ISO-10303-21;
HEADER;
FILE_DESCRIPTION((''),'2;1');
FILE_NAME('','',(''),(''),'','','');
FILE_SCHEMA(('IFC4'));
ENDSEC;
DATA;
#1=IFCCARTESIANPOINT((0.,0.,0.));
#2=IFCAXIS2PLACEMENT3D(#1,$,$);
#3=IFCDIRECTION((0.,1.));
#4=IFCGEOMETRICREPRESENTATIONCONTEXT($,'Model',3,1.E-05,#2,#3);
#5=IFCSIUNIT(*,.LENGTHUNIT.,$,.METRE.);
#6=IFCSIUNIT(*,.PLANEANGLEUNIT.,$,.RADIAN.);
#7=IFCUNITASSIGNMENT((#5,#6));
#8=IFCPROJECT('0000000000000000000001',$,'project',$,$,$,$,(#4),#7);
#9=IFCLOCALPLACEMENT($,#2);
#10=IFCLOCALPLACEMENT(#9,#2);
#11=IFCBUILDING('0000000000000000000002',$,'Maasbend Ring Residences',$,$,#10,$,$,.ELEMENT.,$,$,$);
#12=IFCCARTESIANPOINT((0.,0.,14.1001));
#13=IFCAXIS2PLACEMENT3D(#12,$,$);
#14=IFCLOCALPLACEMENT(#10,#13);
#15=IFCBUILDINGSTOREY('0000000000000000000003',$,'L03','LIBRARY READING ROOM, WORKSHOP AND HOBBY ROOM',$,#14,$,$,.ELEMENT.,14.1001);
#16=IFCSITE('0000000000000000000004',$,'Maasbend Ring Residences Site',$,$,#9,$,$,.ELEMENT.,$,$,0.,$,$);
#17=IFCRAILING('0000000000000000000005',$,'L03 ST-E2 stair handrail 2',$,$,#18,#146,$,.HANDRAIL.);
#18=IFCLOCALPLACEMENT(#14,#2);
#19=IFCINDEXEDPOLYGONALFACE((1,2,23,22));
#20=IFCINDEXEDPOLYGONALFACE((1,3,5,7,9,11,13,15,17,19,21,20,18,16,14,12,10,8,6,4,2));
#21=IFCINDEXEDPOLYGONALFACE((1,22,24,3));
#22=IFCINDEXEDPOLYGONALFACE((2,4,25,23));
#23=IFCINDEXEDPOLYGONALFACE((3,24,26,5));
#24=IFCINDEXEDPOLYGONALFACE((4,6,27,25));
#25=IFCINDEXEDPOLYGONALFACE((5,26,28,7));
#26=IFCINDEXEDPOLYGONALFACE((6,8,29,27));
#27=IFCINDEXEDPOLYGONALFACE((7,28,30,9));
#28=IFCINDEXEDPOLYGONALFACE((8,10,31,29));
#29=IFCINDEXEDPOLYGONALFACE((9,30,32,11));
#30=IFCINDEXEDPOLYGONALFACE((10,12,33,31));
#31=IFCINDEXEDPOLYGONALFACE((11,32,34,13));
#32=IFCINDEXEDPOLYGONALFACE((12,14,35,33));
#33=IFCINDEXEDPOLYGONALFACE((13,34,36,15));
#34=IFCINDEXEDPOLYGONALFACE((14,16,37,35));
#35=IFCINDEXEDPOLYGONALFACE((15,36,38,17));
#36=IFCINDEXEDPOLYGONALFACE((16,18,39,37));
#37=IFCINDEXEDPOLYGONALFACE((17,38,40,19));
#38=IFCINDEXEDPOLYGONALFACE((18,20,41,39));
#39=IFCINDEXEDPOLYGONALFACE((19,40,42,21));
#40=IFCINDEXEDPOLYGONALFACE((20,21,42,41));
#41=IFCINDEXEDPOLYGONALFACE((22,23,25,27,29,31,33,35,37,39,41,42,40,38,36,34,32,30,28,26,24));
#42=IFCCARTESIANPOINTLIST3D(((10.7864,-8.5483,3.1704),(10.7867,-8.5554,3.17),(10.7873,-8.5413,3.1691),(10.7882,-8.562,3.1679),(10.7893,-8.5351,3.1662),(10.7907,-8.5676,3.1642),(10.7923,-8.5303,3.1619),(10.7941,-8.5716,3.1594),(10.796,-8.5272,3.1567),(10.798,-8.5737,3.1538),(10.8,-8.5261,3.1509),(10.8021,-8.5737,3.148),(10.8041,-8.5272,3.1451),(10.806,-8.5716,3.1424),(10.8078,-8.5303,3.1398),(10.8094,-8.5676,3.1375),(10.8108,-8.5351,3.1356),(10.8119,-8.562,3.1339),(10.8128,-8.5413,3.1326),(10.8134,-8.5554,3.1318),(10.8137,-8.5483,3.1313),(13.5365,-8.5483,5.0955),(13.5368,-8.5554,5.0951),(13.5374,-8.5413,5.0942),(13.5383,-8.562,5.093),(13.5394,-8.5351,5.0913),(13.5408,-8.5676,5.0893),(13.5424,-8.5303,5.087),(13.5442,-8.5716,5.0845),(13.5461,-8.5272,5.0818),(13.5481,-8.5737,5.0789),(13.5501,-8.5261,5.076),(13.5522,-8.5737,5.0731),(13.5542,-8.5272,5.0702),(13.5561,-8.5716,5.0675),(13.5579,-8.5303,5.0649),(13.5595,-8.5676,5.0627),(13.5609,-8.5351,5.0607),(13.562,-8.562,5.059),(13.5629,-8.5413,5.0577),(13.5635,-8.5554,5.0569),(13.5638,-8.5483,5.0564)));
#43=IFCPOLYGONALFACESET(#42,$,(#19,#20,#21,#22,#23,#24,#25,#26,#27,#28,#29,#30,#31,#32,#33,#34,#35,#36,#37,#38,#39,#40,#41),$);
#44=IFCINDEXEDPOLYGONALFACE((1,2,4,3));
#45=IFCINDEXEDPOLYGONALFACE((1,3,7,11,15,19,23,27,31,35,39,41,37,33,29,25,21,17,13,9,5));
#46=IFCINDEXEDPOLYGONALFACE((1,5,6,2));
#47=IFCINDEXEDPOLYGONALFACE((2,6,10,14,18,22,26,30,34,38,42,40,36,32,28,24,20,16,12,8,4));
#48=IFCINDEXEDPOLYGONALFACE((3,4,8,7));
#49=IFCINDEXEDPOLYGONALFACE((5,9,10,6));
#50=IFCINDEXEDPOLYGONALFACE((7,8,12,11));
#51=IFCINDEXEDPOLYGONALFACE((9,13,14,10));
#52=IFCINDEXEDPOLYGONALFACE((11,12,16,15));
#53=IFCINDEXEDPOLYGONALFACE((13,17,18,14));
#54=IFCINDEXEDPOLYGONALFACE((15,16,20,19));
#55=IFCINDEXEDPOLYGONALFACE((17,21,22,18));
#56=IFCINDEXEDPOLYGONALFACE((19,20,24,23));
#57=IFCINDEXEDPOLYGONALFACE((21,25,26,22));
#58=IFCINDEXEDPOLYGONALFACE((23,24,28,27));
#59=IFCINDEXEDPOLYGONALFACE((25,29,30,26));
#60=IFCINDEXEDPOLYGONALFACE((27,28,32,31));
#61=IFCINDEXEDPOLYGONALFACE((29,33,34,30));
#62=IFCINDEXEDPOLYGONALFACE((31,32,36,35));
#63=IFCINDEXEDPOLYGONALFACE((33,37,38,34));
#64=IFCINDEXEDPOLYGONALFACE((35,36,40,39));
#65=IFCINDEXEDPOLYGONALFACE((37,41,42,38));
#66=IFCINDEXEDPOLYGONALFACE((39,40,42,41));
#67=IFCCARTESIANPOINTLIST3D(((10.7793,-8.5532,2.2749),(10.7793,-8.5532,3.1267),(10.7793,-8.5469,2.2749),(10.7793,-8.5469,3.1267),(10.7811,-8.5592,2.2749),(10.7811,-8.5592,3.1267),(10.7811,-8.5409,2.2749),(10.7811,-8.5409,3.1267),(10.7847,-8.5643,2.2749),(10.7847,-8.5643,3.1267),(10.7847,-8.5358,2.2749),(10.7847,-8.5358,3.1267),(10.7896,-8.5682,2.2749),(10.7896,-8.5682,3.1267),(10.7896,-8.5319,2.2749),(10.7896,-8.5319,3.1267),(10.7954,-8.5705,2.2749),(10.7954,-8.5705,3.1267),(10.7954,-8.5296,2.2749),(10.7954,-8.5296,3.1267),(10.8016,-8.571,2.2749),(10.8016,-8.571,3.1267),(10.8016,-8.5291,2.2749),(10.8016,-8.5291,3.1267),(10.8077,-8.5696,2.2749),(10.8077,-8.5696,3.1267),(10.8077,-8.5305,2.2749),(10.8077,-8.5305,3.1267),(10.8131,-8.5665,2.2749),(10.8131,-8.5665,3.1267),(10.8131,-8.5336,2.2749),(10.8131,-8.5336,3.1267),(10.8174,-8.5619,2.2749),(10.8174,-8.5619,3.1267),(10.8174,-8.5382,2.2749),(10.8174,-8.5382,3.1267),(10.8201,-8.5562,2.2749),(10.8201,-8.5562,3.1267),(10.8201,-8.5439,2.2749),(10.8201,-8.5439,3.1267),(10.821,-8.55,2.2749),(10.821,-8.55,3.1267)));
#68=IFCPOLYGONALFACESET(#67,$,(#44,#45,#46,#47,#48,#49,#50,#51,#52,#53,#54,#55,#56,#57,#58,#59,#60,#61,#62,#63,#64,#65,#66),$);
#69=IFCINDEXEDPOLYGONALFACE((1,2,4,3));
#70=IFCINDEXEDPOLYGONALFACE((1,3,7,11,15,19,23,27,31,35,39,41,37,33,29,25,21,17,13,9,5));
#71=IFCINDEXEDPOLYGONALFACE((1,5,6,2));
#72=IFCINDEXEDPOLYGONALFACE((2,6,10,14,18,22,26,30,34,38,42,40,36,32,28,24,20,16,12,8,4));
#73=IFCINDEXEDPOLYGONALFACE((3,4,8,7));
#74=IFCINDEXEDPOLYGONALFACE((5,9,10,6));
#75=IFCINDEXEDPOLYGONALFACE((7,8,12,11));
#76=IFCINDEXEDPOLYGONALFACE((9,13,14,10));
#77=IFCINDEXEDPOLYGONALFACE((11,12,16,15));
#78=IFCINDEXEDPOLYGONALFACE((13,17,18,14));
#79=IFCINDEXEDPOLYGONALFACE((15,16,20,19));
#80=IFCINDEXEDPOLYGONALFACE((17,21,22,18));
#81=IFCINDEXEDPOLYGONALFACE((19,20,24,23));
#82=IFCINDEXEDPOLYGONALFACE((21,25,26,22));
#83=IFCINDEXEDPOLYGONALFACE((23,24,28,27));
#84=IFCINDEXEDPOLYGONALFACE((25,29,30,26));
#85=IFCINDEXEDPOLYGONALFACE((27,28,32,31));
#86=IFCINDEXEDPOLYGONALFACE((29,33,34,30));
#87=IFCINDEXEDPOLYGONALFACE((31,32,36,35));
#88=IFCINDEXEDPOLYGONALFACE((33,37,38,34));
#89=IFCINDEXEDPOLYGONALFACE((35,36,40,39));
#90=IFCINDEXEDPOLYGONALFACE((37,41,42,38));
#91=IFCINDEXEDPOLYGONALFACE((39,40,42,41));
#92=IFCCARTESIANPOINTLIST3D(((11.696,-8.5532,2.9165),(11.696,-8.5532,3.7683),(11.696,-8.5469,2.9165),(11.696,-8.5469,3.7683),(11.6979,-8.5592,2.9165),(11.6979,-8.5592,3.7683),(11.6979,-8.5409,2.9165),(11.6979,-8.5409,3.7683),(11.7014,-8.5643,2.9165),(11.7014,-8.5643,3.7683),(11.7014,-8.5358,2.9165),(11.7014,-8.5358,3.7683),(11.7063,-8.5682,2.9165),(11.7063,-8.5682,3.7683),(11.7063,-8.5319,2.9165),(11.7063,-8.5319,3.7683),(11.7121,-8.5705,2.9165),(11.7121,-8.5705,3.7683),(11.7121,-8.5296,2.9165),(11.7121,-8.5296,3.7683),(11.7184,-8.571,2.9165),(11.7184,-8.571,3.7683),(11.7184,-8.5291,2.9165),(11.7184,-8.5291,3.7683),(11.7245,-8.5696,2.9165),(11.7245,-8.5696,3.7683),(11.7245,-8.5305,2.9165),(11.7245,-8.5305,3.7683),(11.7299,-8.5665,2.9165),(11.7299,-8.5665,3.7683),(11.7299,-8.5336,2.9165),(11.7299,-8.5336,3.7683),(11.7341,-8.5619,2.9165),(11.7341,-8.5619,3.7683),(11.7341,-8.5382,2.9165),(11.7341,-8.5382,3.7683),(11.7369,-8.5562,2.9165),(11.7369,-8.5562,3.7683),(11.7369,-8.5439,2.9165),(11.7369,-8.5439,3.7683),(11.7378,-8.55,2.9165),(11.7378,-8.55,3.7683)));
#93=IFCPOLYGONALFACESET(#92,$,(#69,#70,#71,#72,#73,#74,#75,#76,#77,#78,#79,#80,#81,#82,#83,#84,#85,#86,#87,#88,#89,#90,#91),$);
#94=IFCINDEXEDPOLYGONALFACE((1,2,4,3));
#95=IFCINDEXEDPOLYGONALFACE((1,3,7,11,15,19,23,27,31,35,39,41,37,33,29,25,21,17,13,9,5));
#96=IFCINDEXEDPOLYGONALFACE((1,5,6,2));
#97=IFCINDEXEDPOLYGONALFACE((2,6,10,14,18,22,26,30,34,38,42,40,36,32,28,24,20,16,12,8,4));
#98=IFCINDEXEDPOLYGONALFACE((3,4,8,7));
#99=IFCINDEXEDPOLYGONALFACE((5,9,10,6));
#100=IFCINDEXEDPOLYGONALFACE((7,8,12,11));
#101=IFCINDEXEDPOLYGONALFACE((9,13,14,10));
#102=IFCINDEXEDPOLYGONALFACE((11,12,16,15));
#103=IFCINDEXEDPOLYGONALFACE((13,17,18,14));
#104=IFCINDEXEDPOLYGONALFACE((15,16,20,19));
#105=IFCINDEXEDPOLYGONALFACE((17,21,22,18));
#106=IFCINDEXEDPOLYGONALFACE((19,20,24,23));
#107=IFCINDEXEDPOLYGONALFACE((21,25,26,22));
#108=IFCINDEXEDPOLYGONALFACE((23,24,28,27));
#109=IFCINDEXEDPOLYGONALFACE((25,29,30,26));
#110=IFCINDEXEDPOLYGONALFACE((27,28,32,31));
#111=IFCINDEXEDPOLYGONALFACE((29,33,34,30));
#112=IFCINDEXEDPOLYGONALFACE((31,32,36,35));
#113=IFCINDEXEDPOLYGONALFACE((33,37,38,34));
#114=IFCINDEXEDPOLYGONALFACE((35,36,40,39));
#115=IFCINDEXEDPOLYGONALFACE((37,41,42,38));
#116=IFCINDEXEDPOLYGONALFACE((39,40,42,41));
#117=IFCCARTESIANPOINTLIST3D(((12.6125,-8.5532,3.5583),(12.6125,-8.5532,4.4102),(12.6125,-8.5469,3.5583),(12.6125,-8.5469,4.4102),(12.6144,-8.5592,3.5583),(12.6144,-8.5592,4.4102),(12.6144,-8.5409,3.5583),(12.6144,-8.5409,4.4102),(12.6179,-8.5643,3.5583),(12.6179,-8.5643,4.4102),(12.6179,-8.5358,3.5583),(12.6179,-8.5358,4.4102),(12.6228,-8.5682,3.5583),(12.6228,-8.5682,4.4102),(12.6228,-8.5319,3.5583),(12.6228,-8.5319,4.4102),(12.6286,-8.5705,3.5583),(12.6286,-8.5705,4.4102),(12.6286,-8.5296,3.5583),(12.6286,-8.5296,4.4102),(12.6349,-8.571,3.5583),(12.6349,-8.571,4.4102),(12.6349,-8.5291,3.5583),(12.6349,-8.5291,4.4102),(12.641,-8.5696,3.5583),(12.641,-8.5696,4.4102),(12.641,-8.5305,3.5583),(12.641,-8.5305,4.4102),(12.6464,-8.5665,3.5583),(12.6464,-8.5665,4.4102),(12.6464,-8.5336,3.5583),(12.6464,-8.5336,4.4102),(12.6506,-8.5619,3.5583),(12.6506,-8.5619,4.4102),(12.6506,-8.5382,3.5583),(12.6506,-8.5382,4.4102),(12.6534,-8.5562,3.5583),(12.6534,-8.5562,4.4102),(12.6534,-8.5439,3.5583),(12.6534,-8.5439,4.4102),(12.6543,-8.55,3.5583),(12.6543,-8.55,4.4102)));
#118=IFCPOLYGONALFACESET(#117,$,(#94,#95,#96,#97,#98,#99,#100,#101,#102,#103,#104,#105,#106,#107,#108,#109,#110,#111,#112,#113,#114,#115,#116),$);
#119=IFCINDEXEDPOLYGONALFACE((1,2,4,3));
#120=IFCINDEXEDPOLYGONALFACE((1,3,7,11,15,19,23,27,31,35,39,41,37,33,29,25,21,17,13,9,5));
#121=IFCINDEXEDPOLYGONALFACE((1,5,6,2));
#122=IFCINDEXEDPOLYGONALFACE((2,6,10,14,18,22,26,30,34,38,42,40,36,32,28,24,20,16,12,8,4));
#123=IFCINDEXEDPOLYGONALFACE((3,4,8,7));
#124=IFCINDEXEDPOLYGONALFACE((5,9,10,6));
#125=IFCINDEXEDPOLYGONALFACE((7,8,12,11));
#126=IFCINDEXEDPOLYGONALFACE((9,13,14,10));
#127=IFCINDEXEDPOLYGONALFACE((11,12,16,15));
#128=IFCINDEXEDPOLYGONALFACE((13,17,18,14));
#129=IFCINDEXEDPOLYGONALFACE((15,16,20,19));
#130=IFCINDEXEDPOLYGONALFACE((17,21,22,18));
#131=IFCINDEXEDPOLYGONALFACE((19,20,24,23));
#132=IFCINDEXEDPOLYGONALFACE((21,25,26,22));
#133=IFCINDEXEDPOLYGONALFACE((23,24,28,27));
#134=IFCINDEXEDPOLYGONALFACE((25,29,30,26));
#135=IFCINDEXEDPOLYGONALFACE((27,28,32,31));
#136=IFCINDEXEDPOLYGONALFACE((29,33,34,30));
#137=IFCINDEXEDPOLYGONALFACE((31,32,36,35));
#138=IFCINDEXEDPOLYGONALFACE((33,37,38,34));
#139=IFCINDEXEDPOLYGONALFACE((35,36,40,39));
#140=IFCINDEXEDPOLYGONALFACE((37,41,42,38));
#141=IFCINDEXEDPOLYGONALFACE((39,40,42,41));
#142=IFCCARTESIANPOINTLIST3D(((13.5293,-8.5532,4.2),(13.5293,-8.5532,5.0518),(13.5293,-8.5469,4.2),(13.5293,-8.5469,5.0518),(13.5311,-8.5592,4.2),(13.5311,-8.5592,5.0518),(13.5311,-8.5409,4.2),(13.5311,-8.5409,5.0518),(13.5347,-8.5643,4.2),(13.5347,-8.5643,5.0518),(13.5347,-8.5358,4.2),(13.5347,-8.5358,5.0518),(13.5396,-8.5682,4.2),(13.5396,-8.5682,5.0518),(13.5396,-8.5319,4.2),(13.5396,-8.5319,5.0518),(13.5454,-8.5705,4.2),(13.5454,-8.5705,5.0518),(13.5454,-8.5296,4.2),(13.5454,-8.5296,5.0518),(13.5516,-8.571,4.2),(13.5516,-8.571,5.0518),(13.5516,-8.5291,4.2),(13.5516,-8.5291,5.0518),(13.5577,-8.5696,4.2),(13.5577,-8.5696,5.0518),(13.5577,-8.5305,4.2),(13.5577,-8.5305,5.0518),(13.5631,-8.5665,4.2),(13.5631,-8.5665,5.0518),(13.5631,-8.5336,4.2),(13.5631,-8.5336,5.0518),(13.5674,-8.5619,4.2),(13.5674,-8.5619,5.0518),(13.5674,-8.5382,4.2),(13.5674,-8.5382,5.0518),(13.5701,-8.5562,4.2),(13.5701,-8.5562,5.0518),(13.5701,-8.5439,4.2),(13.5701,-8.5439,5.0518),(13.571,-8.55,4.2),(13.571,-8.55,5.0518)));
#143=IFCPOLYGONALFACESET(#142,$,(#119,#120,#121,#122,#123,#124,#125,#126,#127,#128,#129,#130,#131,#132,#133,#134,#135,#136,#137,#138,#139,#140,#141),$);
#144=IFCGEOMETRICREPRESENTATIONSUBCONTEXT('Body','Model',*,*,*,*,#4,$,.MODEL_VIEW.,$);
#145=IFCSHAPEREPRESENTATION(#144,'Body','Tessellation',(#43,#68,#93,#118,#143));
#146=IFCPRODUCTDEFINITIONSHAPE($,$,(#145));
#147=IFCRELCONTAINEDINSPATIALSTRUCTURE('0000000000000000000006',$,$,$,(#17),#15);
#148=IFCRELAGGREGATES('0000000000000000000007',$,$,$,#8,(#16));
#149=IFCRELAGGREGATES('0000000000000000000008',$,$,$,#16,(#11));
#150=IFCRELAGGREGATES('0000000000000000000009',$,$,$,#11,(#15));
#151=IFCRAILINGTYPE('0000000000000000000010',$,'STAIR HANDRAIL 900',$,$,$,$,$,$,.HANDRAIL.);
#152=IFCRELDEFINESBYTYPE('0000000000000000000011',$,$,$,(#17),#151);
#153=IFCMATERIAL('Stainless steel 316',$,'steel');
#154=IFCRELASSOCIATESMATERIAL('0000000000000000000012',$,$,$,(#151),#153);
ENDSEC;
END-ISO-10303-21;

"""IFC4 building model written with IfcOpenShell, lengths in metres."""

from ifc_helpers import new_model, si_unit, direction, frame, origin, origin_2d, place, context, subcontext, project, spatial, circle, extrude, material, type_object, element, save


model = new_model("IFC4")

# Units and contexts
model_context = context("Model", 3, precision=1e-05, world=origin(), true_north=direction((0.0, 1.0)))
body_context = subcontext(model_context, "Body", "Model", "MODEL_VIEW")
ifc_project = project(units=[si_unit("LENGTHUNIT", "METRE"), si_unit("PLANEANGLEUNIT", "RADIAN")], contexts=[model_context])

# Site, building, storey
site_placement = place(None, origin())
site = spatial("IfcSite", under=ifc_project, at=site_placement, Name="Maasbend Ring Residences Site", CompositionType="ELEMENT", RefElevation=0.0)
building_placement = place(site_placement, origin())
building = spatial("IfcBuilding", under=site, at=building_placement, Name="Maasbend Ring Residences", CompositionType="ELEMENT")
storey_placement = place(building_placement, frame((0.0, 0.0, 14.1001)))
storey = spatial("IfcBuildingStorey", under=building, at=storey_placement, Name="L03", Description="LIBRARY READING ROOM, WORKSHOP AND HOBBY ROOM", CompositionType="ELEMENT", Elevation=14.1001)

# Railing
ifc_material_1 = material(Name="Stainless steel 316", Category="steel")
railing_type = type_object("IfcRailingType", Name="STAIR HANDRAIL 900", PredefinedType="HANDRAIL", material=ifc_material_1)
railing_1_placement = place(storey_placement, frame((10.8, -8.55, 2.2749)))
element("IfcRailing", 1, at=railing_1_placement, inside=storey, type_object=railing_type, Name="L03 ST-E2 stair handrail 2", PredefinedType="HANDRAIL", context=body_context, shape_type="SweptSolid", body=[
    extrude(circle(Radius=0.0239, at=origin_2d()), frame((0.0, 0.0, 0.876), z_axis=(0.819225, 0.0, 0.573472), x_axis=(0.0, 1.0, 0.0)), (0.0, 0.0, 1.0), 3.3569),
    extrude(circle(Radius=0.021, at=origin_2d()), origin(), (0.0, 0.0, 1.0), 0.8518),
    extrude(circle(Radius=0.021, at=origin_2d()), frame((0.9167, 0.0, 0.6416)), (0.0, 0.0, 1.0), 0.8518),
    extrude(circle(Radius=0.021, at=origin_2d()), frame((1.8333, 0.0, 1.2834)), (0.0, 0.0, 1.0), 0.8518),
    extrude(circle(Radius=0.021, at=origin_2d()), frame((2.75, 0.0, 1.925)), (0.0, 0.0, 1.0), 0.8518),
])

save(model, "model.ifc")
